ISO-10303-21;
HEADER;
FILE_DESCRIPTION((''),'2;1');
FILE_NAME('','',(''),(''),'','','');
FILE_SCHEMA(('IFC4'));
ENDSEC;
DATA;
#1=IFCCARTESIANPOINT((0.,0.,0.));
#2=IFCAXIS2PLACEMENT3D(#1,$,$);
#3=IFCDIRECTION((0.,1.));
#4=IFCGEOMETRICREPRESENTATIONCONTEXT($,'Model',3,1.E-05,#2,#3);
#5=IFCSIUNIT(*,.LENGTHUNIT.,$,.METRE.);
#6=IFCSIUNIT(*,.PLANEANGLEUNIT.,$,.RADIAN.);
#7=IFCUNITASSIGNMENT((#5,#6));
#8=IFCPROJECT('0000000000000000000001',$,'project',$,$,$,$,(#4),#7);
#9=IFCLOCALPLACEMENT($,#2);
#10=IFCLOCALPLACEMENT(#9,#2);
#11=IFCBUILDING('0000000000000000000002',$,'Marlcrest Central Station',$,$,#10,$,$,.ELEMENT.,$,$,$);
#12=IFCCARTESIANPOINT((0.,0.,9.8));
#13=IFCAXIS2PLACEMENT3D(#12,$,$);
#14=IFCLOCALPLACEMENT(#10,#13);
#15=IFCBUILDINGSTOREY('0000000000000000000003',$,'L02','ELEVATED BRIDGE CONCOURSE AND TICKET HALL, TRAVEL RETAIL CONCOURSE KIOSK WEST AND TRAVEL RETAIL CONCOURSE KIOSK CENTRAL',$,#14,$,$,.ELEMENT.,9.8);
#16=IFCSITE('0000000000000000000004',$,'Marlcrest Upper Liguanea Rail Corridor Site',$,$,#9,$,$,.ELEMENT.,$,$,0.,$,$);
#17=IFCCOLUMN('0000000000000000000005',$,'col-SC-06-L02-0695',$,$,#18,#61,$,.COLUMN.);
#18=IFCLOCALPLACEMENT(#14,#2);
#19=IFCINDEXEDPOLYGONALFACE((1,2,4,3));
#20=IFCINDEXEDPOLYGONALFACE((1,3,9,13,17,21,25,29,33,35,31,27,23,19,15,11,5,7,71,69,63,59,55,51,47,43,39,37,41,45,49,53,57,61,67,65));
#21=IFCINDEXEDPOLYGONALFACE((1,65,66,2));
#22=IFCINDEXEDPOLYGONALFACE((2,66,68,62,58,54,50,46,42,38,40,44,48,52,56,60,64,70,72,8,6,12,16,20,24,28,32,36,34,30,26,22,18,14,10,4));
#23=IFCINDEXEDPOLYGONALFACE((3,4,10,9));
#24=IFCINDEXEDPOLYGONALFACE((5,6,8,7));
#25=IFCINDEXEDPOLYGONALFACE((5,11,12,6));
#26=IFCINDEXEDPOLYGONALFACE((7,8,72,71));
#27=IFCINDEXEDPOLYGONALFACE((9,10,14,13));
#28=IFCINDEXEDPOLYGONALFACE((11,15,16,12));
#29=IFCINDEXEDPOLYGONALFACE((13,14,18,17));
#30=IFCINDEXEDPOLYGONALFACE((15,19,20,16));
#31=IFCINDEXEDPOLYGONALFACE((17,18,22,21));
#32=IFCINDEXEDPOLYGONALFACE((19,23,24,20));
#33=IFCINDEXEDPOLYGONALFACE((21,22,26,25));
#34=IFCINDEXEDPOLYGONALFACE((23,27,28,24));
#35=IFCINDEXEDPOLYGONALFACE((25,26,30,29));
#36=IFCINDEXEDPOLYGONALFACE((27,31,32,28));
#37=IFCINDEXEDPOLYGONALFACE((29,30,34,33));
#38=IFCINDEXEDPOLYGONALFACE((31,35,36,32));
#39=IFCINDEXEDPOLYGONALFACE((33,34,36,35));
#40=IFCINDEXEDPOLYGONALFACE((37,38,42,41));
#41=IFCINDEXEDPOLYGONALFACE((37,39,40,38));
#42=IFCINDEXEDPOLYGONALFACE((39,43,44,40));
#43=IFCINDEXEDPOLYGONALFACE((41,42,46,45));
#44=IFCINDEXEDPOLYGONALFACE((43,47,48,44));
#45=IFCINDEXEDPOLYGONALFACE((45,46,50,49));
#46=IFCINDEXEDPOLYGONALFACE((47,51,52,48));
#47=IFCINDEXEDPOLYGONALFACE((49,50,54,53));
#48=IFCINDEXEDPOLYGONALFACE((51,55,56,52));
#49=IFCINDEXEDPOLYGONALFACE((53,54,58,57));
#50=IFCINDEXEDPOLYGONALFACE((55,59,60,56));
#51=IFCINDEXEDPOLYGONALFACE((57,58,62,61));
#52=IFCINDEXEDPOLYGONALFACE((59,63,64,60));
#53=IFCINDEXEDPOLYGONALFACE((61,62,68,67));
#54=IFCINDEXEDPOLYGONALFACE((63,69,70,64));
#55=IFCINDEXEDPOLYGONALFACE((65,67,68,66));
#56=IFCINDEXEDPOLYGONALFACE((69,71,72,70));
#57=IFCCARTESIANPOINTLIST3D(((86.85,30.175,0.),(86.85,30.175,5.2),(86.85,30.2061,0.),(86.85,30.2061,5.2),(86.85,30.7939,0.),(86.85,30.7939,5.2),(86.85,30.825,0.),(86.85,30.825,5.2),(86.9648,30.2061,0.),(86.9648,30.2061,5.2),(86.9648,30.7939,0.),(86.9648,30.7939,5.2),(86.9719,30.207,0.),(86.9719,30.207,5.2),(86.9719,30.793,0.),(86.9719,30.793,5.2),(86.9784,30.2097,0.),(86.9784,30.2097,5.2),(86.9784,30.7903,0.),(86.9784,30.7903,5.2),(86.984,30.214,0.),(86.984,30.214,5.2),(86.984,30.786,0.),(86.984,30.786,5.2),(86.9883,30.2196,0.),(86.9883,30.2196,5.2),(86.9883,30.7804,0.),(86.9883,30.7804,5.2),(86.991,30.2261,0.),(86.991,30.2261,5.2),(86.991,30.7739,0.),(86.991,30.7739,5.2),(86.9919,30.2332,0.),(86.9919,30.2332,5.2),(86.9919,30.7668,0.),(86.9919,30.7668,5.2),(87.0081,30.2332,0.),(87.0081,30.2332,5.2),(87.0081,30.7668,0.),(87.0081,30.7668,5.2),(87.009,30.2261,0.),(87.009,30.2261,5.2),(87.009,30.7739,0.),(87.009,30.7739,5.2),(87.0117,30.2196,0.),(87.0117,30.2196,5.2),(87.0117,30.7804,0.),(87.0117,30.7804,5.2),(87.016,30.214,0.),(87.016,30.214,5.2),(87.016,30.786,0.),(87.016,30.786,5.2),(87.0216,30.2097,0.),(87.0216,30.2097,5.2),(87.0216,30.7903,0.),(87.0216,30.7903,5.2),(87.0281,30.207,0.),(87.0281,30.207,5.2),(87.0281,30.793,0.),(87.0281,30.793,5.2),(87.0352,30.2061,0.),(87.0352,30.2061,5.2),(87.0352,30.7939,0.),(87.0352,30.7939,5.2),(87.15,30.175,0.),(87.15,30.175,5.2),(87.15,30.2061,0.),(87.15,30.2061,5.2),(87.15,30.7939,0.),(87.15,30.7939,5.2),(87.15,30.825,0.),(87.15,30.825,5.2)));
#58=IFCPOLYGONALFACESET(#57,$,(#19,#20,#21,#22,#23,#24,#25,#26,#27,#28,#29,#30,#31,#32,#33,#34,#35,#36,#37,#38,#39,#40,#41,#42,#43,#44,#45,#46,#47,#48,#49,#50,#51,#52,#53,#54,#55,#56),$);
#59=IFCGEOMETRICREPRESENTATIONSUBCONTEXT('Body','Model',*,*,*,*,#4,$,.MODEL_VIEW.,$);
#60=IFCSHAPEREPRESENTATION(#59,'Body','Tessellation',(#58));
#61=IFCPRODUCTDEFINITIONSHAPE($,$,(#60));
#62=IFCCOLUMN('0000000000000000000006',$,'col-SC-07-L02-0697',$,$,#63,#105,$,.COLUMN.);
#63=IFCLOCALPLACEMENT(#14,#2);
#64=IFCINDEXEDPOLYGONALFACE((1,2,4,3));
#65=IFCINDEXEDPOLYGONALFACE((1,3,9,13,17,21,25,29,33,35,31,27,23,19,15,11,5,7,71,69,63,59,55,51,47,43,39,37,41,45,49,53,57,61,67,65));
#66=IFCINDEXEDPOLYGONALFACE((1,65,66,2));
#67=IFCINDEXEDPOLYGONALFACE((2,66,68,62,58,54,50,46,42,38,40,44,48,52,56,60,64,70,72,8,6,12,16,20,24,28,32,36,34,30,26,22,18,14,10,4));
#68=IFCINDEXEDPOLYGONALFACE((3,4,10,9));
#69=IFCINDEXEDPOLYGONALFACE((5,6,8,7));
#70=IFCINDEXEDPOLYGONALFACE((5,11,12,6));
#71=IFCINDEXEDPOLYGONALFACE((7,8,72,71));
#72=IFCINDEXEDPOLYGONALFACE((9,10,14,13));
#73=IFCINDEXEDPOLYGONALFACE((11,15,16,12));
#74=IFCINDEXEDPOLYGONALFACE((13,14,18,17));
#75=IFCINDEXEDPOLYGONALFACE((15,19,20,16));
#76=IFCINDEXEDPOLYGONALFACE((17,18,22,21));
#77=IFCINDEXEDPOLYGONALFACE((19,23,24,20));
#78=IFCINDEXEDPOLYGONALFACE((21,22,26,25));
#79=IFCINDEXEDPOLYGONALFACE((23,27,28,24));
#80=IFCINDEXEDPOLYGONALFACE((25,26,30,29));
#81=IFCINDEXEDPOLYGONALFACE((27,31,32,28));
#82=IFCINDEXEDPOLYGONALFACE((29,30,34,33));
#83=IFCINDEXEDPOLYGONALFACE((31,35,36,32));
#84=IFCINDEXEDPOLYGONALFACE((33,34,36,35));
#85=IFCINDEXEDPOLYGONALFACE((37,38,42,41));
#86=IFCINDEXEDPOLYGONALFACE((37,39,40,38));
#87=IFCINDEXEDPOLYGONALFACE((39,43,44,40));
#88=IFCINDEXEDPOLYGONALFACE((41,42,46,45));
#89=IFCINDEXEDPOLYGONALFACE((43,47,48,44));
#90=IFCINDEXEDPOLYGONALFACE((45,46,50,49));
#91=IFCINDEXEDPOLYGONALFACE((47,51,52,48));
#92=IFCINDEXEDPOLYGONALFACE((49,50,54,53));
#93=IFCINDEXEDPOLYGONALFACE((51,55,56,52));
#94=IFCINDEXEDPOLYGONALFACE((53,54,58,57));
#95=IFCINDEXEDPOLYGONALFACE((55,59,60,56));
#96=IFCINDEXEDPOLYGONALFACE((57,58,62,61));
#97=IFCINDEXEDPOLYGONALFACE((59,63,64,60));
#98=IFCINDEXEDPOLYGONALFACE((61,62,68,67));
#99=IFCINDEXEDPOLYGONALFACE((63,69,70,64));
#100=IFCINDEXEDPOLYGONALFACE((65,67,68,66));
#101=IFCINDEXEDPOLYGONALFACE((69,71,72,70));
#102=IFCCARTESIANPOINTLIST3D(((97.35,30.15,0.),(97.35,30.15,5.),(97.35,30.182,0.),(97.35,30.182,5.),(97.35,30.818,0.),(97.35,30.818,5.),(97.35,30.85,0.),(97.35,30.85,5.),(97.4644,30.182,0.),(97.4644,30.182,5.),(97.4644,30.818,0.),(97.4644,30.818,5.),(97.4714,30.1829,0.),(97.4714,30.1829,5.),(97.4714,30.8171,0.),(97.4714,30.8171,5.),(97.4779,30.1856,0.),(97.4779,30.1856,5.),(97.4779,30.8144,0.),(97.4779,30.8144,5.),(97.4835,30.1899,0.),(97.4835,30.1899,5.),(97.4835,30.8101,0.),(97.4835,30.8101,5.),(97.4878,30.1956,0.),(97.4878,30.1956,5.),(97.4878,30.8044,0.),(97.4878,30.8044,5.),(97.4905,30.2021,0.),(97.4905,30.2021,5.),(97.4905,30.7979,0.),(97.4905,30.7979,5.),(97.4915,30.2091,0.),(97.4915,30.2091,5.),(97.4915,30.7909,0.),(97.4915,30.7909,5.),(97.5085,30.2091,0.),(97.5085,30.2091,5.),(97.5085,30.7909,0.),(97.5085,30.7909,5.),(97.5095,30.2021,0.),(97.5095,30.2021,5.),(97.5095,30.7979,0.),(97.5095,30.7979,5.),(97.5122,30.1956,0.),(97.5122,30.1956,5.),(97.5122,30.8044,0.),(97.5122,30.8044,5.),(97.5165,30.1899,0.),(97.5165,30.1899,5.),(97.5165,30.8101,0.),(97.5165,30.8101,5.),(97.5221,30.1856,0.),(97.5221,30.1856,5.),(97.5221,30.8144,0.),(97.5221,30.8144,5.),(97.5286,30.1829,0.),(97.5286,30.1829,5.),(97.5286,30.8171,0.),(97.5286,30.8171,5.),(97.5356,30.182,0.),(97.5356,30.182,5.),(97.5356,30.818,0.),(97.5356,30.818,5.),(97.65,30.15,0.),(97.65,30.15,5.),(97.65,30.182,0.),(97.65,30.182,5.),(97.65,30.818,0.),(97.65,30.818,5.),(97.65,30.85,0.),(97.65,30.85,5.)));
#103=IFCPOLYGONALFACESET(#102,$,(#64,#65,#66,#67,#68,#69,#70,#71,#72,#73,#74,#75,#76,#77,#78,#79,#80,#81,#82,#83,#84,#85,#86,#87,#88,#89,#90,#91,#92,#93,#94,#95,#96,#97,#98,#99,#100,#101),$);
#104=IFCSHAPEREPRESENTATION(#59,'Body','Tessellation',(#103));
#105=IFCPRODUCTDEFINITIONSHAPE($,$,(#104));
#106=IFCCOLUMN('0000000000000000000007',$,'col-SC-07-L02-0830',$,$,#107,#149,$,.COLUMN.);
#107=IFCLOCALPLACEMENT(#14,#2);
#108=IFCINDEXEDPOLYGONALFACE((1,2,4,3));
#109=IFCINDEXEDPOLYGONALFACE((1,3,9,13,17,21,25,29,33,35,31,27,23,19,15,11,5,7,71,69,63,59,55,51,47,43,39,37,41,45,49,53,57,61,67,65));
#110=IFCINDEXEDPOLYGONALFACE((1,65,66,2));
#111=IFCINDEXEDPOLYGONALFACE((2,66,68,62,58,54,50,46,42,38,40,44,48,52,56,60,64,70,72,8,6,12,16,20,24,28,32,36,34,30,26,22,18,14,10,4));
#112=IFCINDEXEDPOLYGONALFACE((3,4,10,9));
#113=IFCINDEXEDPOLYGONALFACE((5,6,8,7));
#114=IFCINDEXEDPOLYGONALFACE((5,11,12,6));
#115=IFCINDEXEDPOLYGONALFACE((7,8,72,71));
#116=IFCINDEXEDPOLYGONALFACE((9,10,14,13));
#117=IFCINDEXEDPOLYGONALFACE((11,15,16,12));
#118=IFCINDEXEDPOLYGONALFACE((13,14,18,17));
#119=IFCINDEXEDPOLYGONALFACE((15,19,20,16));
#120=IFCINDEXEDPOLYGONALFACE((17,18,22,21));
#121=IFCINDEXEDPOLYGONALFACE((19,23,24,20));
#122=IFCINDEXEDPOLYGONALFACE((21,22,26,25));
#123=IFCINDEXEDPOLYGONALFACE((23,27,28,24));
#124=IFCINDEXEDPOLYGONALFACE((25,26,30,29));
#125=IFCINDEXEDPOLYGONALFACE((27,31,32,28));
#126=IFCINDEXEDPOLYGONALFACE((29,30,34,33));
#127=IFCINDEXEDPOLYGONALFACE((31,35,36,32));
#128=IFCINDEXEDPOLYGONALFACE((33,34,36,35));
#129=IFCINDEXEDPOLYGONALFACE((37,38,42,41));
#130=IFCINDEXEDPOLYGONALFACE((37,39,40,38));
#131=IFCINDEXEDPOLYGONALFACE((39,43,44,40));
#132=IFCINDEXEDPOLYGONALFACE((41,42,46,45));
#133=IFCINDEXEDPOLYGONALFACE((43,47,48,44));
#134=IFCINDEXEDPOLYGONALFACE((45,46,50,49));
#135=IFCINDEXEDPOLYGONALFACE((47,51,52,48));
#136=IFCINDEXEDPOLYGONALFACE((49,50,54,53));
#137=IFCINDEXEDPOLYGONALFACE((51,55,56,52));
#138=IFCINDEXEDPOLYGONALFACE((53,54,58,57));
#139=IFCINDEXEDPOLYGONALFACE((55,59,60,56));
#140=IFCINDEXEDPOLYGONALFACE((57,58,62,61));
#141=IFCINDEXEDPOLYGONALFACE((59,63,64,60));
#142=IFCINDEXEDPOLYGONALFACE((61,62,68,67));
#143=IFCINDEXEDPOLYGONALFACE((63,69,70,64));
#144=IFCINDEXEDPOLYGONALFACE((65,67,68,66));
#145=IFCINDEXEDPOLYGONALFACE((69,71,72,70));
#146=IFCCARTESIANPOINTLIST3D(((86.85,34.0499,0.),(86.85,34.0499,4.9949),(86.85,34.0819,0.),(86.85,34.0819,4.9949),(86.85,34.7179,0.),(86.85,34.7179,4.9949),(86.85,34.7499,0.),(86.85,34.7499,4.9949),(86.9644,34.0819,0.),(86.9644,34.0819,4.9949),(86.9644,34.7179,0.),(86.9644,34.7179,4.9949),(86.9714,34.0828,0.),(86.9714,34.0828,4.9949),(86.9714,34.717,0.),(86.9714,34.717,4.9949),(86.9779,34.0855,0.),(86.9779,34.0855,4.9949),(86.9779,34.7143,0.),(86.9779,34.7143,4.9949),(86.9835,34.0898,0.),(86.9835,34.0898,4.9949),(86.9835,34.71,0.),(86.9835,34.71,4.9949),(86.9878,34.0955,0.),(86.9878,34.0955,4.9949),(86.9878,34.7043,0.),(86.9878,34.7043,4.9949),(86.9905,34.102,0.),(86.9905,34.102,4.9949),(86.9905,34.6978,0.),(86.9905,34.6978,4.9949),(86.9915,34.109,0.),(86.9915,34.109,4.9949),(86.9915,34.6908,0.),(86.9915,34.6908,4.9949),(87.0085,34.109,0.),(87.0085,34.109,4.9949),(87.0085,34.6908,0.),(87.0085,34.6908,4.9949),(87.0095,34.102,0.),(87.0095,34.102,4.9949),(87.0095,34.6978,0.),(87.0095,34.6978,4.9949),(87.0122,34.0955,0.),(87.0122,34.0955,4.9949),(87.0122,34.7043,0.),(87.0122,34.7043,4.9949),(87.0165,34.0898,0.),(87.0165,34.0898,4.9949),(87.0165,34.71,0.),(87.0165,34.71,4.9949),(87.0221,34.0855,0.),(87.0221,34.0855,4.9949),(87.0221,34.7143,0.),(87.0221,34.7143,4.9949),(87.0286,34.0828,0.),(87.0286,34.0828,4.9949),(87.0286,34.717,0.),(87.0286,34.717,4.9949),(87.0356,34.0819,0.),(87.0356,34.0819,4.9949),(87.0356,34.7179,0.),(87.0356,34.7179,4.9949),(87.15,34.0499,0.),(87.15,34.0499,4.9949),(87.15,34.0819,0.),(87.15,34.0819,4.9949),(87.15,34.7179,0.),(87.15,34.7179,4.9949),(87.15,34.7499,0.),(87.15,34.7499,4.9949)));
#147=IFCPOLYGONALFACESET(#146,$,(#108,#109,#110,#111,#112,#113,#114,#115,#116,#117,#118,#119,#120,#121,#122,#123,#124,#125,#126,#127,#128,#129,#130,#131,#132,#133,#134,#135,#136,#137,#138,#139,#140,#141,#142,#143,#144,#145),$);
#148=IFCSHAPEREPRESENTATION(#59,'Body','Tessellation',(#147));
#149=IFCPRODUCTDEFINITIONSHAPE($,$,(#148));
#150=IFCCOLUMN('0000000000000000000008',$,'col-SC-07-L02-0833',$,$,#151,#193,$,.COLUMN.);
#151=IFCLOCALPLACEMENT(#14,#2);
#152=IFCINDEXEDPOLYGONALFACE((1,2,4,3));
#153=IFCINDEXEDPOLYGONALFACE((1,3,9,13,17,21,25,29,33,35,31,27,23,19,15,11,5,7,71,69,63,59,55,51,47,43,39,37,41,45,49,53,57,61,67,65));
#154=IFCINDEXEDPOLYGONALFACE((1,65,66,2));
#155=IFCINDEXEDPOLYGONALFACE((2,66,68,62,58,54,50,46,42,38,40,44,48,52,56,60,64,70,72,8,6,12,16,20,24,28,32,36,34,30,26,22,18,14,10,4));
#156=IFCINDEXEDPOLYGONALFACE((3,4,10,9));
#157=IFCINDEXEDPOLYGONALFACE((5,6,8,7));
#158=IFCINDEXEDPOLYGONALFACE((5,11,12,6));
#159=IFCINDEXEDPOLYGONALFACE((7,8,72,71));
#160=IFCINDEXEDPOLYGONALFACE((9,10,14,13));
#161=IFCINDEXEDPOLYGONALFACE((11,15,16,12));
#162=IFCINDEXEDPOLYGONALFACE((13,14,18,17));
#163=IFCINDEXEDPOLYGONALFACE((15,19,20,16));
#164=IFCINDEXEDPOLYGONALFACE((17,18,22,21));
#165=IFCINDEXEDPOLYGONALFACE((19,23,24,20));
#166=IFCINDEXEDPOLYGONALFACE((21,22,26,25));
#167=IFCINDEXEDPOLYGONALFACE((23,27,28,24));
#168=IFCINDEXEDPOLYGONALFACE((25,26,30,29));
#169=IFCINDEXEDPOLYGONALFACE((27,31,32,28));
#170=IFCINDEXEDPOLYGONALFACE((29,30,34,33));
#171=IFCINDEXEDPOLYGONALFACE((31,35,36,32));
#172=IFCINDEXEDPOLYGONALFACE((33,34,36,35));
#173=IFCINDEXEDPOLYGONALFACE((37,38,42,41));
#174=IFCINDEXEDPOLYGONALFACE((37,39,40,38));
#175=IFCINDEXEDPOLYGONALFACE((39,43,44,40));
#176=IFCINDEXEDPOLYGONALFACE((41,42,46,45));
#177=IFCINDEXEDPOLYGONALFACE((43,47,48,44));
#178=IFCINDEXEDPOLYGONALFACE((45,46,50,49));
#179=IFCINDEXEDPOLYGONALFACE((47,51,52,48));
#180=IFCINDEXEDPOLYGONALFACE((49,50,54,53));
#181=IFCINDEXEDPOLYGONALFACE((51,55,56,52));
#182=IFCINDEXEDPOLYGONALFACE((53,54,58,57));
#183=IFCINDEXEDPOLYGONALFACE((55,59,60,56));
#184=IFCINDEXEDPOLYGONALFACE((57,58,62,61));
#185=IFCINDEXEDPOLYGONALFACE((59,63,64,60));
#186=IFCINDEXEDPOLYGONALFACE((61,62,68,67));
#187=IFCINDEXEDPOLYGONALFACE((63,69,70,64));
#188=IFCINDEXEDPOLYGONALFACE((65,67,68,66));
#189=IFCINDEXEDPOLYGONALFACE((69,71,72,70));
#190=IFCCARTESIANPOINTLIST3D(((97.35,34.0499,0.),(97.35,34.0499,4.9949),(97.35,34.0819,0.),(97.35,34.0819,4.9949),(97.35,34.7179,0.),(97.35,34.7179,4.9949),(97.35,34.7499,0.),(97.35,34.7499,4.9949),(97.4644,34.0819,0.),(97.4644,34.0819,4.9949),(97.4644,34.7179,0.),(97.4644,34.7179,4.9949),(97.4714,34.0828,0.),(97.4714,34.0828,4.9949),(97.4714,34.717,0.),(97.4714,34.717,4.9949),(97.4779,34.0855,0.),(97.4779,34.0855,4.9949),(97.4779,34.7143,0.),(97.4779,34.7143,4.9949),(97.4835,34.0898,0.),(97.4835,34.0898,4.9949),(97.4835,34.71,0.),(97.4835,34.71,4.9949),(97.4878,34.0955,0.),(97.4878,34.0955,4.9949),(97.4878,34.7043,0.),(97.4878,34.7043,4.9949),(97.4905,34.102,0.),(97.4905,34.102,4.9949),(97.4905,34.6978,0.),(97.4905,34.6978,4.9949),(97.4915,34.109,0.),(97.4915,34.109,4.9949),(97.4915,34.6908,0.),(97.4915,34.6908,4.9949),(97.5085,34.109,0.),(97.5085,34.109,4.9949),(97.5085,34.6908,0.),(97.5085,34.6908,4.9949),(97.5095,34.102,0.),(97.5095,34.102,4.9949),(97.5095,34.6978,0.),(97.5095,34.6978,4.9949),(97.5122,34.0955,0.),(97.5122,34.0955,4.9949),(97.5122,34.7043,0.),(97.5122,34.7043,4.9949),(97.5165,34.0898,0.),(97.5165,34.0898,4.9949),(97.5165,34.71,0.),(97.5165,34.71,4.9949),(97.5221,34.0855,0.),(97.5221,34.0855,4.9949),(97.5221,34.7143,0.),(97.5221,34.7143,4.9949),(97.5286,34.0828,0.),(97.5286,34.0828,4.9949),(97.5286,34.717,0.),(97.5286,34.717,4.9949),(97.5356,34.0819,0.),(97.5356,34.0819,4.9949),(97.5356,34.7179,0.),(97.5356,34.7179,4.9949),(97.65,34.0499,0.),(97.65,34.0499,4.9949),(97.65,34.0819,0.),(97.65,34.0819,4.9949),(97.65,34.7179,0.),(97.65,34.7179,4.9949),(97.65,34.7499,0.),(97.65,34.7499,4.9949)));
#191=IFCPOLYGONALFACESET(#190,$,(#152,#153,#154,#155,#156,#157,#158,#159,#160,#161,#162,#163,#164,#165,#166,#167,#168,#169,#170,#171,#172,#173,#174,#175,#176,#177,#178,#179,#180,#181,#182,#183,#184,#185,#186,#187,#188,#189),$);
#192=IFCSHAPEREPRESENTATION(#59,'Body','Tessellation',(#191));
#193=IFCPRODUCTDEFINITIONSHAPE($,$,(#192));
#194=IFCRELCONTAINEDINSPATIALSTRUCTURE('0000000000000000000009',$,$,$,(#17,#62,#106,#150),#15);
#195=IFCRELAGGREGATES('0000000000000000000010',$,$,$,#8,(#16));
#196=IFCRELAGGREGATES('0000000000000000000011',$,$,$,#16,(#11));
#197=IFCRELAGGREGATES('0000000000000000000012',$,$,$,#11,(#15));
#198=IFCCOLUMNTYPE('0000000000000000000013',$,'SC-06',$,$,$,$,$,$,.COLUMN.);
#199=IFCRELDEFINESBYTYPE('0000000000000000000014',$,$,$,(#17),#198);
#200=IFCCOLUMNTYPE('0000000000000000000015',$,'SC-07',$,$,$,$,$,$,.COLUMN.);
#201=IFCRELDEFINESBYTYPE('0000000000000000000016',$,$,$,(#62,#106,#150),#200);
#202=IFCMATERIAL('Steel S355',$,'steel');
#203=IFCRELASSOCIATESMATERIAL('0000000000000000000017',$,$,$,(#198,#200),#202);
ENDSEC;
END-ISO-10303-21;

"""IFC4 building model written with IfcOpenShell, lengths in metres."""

from ifc_helpers import new_model, si_unit, direction, frame, origin, origin_2d, place, context, subcontext, project, spatial, i_section, extrude, material, material_profile, profile_set, type_object, element, save


model = new_model("IFC4")

# Units and contexts
model_context = context("Model", 3, precision=1e-05, world=origin(), true_north=direction((0.0, 1.0)))
body_context = subcontext(model_context, "Body", "Model", "MODEL_VIEW")
ifc_project = project(units=[si_unit("LENGTHUNIT", "METRE"), si_unit("PLANEANGLEUNIT", "RADIAN")], contexts=[model_context])

# Site, building, storey
site_placement = place(None, origin())
site = spatial("IfcSite", under=ifc_project, at=site_placement, Name="Marlcrest Upper Liguanea Rail Corridor Site", CompositionType="ELEMENT", RefElevation=0.0)
building_placement = place(site_placement, origin())
building = spatial("IfcBuilding", under=site, at=building_placement, Name="Marlcrest Central Station", CompositionType="ELEMENT")
storey_placement = place(building_placement, frame((0.0, 0.0, 9.8)))
storey = spatial("IfcBuildingStorey", under=building, at=storey_placement, Name="L02", Description="ELEVATED BRIDGE CONCOURSE AND TICKET HALL, TRAVEL RETAIL CONCOURSE KIOSK WEST AND TRAVEL RETAIL CONCOURSE KIOSK CENTRAL", CompositionType="ELEMENT", Elevation=9.8)

# Columns
ifc_material_1 = material(Name="Steel S355", Category="steel")
ifc_material_profile_1 = material_profile(ifc_material_1, i_section(OverallWidth=0.3, OverallDepth=0.6499, WebThickness=0.0161, FlangeThickness=0.031, FilletRadius=0.0271, at=origin_2d()), Name="HEB 650")
ifc_profile_set_1 = profile_set([ifc_material_profile_1], Name="Steel S355")
column_type_1 = type_object("IfcColumnType", Name="SC-06", PredefinedType="COLUMN", material=ifc_profile_set_1)
column_1_placement = place(storey_placement, frame((87.0, 30.5, 0.0), z_axis=(0.0, 0.0, 1.0), x_axis=(1.0, 0.0, 0.0)))
element("IfcColumn", 1, at=column_1_placement, inside=storey, type_object=column_type_1, Name="col-SC-06-L02-0695", PredefinedType="COLUMN", context=body_context, shape_type="SweptSolid", body=[
    extrude(i_section(OverallWidth=0.3, OverallDepth=0.6499, WebThickness=0.0161, FlangeThickness=0.031, FilletRadius=0.0271, at=origin_2d()), origin(), (0.0, 0.0, 1.0), 5.2),
])
ifc_material_profile_2 = material_profile(ifc_material_1, i_section(OverallWidth=0.3, OverallDepth=0.7, WebThickness=0.0171, FlangeThickness=0.032, FilletRadius=0.0271, at=origin_2d()), Name="HEB 700")
ifc_profile_set_2 = profile_set([ifc_material_profile_2], Name="Steel S355")
column_type_2 = type_object("IfcColumnType", Name="SC-07", PredefinedType="COLUMN", material=ifc_profile_set_2)
column_2_placement = place(storey_placement, frame((97.5, 30.5, 0.0), z_axis=(0.0, 0.0, 1.0), x_axis=(1.0, 0.0, 0.0)))
element("IfcColumn", 2, at=column_2_placement, inside=storey, type_object=column_type_2, Name="col-SC-07-L02-0697", PredefinedType="COLUMN", context=body_context, shape_type="SweptSolid", body=[
    extrude(i_section(OverallWidth=0.3, OverallDepth=0.7, WebThickness=0.0171, FlangeThickness=0.032, FilletRadius=0.0271, at=origin_2d()), origin(), (0.0, 0.0, 1.0), 5.0),
])
for number, where, z_axis, x_axis, name in (
    (3, (87.0, 34.3999, 0.0), (0.0, 0.0, 1.0), (1.0, 0.0, 0.0), "col-SC-07-L02-0830"),
    (4, (97.5, 34.3999, 0.0), (0.0, 0.0, 1.0), (1.0, 0.0, 0.0), "col-SC-07-L02-0833"),
):
    element("IfcColumn", number, at=place(storey_placement, frame(where, z_axis=z_axis, x_axis=x_axis)), inside=storey, type_object=column_type_2, Name=name, PredefinedType="COLUMN", context=body_context, shape_type="SweptSolid", body=[
        extrude(i_section(OverallWidth=0.3, OverallDepth=0.7, WebThickness=0.0171, FlangeThickness=0.032, FilletRadius=0.0271, at=origin_2d()), origin(), (0.0, 0.0, 1.0), 4.9949),
    ])

save(model, "model.ifc")
